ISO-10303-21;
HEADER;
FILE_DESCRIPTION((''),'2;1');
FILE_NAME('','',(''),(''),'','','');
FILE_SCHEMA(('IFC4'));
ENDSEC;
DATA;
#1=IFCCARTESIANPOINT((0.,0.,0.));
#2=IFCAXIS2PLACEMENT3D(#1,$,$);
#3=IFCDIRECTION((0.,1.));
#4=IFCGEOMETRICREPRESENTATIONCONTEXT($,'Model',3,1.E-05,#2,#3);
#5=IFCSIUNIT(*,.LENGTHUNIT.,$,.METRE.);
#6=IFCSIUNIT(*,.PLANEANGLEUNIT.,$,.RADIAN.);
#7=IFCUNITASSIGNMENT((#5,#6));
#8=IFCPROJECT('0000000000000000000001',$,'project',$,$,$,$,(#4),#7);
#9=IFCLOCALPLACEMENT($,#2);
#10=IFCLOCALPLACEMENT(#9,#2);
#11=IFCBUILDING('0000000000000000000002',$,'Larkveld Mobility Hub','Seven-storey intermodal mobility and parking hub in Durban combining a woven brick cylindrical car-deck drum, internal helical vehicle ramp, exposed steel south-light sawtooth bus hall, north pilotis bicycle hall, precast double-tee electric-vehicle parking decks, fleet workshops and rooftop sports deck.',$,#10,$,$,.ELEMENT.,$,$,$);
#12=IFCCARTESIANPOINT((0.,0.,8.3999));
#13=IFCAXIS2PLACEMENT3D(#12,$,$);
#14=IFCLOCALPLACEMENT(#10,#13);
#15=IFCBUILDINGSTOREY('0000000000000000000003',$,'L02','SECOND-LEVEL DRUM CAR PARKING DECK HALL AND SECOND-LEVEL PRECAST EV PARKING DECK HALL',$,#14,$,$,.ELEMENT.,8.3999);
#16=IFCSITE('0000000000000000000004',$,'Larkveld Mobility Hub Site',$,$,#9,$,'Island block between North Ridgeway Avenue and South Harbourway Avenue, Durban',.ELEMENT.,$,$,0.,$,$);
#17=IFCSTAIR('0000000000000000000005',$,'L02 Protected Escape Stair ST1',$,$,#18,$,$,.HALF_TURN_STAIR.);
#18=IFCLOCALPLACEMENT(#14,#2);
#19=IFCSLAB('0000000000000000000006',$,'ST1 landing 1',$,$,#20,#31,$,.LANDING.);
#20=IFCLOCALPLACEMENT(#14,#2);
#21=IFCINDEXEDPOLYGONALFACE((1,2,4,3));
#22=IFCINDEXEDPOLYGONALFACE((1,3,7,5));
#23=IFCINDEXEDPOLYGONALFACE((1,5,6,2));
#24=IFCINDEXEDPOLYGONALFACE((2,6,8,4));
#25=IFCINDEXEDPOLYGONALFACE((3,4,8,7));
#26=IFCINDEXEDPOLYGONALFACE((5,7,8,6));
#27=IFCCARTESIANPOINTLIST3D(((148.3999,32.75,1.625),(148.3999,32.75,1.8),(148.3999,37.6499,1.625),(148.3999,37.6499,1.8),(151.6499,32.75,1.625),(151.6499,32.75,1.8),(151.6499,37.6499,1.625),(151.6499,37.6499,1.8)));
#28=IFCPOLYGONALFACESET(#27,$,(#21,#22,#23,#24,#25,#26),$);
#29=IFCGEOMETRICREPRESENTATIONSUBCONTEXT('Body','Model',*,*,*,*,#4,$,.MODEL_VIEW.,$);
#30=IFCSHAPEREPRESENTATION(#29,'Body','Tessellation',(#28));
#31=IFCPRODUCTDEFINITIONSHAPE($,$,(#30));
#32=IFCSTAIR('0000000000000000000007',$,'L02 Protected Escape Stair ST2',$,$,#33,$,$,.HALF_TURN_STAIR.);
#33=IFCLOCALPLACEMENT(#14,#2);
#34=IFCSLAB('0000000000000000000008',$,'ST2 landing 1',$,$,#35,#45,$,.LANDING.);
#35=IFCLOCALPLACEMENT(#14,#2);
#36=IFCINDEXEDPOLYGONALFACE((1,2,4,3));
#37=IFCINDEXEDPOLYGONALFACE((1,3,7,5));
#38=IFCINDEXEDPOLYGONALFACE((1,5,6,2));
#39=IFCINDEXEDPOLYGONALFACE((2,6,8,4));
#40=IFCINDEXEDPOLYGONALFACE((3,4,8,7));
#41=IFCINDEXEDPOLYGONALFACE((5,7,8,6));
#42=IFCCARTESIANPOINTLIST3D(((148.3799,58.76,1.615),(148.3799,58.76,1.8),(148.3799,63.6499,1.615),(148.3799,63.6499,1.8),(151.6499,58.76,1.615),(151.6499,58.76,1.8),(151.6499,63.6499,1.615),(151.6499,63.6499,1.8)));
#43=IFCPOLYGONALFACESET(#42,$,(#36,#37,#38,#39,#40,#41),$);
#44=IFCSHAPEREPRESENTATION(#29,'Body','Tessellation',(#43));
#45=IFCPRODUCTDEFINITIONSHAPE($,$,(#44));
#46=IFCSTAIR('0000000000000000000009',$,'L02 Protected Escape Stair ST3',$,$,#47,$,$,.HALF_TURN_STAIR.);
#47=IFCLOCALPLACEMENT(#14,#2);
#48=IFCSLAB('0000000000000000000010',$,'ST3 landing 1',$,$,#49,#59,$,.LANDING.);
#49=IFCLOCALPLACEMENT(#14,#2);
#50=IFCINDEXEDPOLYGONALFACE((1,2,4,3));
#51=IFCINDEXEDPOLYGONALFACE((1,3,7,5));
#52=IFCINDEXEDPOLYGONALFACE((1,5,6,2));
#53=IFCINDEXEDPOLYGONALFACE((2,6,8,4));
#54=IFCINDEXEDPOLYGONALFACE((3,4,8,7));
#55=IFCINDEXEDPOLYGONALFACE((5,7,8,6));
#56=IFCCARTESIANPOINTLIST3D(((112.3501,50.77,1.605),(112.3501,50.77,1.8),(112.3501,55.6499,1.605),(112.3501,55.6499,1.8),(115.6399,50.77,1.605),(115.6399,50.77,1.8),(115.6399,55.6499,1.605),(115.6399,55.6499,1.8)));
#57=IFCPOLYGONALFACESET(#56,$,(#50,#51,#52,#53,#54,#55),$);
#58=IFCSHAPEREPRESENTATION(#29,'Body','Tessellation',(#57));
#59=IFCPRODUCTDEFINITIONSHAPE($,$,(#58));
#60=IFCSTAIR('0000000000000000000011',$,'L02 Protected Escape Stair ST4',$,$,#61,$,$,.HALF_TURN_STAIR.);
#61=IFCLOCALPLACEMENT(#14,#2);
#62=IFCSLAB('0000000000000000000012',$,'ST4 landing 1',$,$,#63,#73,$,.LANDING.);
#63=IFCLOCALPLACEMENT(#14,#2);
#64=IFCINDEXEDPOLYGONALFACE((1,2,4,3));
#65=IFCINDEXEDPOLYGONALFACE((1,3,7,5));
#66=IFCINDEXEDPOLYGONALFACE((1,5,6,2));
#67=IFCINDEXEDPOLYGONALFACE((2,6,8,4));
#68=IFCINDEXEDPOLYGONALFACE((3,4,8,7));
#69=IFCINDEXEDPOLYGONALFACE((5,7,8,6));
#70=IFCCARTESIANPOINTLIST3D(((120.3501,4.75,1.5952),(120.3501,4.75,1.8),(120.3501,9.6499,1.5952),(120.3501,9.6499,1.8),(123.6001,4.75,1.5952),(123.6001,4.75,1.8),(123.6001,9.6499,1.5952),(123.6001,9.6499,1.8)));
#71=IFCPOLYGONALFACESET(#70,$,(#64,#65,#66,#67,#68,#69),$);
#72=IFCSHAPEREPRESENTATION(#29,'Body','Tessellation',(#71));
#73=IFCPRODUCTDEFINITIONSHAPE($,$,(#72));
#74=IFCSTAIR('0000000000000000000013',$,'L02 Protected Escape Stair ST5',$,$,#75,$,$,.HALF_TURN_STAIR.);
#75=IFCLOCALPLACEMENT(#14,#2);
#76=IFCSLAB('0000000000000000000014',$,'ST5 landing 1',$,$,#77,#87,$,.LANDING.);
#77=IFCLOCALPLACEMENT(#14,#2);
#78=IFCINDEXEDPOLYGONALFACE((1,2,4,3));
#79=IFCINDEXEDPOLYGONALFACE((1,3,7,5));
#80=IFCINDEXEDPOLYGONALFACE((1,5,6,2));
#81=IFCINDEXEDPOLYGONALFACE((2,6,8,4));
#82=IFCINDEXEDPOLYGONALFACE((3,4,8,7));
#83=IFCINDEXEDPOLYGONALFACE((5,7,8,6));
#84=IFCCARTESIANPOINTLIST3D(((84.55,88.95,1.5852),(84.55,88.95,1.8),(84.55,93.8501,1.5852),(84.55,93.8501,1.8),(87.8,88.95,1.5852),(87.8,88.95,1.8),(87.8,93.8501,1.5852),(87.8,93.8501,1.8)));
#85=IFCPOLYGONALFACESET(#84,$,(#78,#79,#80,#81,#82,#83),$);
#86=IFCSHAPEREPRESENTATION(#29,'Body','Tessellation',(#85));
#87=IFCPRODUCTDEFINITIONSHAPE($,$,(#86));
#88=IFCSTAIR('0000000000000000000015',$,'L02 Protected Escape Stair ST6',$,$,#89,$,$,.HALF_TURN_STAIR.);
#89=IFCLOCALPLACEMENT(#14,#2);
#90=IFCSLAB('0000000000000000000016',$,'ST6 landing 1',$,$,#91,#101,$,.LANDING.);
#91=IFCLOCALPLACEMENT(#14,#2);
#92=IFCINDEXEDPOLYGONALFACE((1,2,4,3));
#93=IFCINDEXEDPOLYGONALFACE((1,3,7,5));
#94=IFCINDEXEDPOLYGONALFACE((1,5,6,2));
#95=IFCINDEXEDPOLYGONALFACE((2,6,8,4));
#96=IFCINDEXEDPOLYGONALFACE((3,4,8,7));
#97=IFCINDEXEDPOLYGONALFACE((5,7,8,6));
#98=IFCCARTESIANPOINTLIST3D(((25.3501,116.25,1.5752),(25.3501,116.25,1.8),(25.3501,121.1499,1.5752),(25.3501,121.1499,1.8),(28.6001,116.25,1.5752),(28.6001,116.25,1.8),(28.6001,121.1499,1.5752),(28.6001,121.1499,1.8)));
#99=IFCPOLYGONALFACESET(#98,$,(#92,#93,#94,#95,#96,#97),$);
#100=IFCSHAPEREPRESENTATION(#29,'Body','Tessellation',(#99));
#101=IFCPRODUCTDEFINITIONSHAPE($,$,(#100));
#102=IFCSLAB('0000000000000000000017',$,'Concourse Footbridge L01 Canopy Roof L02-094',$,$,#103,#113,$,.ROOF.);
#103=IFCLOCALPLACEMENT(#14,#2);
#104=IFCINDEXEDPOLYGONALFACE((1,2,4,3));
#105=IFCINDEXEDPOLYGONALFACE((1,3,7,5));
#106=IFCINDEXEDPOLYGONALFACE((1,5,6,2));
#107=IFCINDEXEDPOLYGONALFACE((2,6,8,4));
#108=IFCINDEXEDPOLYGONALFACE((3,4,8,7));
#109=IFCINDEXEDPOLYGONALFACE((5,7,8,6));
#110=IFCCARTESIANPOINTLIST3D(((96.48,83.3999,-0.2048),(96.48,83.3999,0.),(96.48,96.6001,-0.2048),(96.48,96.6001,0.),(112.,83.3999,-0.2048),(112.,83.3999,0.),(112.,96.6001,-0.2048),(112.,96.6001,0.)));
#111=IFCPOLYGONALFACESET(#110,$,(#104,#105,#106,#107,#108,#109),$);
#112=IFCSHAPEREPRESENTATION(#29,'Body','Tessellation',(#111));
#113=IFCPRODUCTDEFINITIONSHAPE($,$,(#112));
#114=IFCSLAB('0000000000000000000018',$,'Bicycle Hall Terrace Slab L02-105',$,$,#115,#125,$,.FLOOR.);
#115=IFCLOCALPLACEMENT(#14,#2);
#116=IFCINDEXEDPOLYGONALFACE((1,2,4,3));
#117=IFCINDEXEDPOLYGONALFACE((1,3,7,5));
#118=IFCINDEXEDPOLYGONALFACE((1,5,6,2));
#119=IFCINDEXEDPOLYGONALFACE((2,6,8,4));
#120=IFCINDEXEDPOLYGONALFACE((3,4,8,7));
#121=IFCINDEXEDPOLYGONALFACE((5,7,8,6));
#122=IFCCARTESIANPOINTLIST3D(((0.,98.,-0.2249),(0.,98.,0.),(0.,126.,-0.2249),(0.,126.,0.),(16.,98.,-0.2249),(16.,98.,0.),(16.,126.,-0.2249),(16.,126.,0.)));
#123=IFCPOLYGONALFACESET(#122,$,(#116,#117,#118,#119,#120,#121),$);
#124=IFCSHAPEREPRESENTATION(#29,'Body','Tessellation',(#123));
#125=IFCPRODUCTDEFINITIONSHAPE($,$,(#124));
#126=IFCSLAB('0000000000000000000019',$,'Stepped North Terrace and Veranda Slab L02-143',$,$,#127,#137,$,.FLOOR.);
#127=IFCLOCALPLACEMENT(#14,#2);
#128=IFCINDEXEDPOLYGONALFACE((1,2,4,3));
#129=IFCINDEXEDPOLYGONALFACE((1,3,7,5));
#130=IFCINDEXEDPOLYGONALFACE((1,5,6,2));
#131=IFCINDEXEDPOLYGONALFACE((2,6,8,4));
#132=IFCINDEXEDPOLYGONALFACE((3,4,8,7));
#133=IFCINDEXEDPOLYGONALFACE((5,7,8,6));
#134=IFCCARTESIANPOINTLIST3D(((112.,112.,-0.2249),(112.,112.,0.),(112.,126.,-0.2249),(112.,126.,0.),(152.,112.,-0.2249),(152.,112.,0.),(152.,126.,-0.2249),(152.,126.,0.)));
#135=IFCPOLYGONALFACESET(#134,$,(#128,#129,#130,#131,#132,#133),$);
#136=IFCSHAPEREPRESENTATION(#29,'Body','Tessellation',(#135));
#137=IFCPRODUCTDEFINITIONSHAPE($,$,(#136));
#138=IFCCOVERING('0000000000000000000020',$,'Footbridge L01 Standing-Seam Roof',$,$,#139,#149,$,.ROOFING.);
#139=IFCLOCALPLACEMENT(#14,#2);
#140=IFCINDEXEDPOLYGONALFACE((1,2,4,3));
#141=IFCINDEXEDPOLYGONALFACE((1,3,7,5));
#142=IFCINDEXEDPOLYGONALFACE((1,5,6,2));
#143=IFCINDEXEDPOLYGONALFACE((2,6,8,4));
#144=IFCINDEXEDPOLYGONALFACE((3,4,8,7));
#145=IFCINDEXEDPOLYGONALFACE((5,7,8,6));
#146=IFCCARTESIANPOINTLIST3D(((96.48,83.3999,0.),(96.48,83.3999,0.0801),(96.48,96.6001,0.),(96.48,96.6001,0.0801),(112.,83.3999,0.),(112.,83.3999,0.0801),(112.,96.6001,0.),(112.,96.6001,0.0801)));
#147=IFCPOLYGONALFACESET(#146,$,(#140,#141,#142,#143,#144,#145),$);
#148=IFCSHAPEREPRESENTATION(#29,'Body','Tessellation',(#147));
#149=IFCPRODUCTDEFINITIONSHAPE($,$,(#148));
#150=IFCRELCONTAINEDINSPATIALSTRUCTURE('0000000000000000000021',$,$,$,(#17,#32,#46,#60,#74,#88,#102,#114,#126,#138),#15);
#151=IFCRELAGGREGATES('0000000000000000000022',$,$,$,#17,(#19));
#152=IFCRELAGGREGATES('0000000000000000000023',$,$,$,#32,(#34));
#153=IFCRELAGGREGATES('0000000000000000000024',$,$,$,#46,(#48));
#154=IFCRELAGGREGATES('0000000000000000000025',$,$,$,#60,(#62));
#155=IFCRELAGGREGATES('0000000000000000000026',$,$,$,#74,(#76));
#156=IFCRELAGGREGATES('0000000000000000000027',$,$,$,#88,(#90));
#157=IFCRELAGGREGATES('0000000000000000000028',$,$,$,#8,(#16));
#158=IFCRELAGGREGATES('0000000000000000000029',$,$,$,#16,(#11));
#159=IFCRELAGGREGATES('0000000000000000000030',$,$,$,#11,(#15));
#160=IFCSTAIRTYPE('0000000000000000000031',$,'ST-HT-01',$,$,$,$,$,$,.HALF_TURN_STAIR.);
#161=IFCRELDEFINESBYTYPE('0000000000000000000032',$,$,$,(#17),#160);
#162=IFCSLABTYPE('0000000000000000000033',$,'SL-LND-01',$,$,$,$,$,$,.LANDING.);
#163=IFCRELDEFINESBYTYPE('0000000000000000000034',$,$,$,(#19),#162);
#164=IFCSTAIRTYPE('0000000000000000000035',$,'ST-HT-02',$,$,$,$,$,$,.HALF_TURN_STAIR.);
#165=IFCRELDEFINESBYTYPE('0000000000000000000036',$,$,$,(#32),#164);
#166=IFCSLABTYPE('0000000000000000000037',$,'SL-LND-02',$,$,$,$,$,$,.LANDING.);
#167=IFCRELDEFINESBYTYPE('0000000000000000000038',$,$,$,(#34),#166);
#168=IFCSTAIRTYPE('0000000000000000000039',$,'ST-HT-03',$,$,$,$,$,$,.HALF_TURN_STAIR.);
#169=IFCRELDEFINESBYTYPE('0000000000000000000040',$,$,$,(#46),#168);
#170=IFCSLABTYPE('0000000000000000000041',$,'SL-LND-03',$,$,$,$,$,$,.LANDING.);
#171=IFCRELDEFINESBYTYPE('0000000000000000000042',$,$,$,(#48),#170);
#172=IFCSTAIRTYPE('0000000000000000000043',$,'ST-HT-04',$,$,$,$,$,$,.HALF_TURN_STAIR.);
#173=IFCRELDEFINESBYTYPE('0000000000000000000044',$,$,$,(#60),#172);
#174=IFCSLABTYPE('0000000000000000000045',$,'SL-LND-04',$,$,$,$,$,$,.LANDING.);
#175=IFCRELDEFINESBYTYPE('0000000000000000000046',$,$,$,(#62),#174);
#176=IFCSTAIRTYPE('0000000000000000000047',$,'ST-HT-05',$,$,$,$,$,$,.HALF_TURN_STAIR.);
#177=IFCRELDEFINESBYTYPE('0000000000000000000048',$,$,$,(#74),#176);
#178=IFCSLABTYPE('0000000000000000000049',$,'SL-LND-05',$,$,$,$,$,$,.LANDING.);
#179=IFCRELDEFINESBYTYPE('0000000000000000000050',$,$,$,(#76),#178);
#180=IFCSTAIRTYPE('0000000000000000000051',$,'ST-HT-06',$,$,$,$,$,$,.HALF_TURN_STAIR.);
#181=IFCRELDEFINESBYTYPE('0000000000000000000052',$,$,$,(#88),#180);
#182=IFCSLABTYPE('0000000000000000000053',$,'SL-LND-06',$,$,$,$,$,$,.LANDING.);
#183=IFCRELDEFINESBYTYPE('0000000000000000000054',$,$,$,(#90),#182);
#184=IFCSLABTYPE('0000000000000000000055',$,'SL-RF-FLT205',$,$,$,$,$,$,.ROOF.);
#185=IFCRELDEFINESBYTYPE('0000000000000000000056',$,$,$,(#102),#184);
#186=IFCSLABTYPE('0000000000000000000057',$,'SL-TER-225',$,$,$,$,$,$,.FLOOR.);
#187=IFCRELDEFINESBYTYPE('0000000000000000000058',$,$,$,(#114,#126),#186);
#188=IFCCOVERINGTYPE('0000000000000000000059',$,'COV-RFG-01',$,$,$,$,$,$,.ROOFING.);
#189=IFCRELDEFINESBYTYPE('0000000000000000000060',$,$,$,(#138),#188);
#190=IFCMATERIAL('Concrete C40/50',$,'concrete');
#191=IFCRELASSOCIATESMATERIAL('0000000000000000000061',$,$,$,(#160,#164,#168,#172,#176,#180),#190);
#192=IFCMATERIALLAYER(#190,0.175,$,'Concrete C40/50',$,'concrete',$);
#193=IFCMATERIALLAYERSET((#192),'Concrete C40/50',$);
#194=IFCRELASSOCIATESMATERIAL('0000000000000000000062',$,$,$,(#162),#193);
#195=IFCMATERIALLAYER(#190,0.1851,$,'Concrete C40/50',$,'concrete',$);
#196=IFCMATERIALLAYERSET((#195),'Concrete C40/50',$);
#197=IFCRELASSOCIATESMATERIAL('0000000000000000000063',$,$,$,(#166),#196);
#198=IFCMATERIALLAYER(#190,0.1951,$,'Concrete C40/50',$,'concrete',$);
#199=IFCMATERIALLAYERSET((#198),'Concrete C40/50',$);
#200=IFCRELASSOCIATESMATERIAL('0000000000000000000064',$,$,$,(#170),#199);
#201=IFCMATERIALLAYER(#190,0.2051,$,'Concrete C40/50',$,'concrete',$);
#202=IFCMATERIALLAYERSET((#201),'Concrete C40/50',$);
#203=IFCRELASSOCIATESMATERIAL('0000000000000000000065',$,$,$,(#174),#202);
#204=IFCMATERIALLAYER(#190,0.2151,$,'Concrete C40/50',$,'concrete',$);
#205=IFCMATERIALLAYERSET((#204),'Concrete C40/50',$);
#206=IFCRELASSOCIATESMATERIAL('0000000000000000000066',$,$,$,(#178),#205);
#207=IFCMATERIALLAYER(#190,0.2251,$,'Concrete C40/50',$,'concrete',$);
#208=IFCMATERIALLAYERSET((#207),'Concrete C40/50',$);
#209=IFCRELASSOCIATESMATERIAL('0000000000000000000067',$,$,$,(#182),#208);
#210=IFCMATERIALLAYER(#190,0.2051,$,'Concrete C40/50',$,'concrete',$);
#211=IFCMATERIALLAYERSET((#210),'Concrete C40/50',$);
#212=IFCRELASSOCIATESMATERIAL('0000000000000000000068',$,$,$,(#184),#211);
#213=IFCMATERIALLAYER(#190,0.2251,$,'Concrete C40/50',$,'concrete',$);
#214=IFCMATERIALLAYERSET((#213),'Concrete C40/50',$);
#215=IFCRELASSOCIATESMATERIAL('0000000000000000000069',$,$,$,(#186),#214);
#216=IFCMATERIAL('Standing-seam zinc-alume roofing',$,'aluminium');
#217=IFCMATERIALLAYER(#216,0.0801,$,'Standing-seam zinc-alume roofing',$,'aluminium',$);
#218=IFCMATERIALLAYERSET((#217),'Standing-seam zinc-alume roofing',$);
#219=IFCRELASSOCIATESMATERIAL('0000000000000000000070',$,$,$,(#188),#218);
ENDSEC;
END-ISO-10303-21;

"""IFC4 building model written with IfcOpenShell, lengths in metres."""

from ifc_helpers import new_model, si_unit, direction, frame, origin, place, context, subcontext, project, spatial, polyline, outline, extrude, material, layer, layer_set, type_object, element, aggregate, save


model = new_model("IFC4")

# Units and contexts
model_context = context("Model", 3, precision=1e-05, world=origin(), true_north=direction((0.0, 1.0)))
body_context = subcontext(model_context, "Body", "Model", "MODEL_VIEW")
ifc_project = project(units=[si_unit("LENGTHUNIT", "METRE"), si_unit("PLANEANGLEUNIT", "RADIAN")], contexts=[model_context])

# Site, building, storey
site_placement = place(None, origin())
site = spatial("IfcSite", under=ifc_project, at=site_placement, Name="Larkveld Mobility Hub Site", LongName="Island block between North Ridgeway Avenue and South Harbourway Avenue, Durban", CompositionType="ELEMENT", RefElevation=0.0)
building_placement = place(site_placement, origin())
building = spatial("IfcBuilding", under=site, at=building_placement, Name="Larkveld Mobility Hub", Description="Seven-storey intermodal mobility and parking hub in Durban combining a woven brick cylindrical car-deck drum, internal helical vehicle ramp, exposed steel south-light sawtooth bus hall, north pilotis bicycle hall, precast double-tee electric-vehicle parking decks, fleet workshops and rooftop sports deck.", CompositionType="ELEMENT")
storey_placement = place(building_placement, frame((0.0, 0.0, 8.3999)))
storey = spatial("IfcBuildingStorey", under=building, at=storey_placement, Name="L02", Description="SECOND-LEVEL DRUM CAR PARKING DECK HALL AND SECOND-LEVEL PRECAST EV PARKING DECK HALL", CompositionType="ELEMENT", Elevation=8.3999)

# Shared definitions
ifc_material_1 = material(Name="Concrete C40/50", Category="concrete")

# Stairs, slabs
stair_type_1 = type_object("IfcStairType", Name="ST-HT-01", PredefinedType="HALF_TURN_STAIR", material=ifc_material_1)
stair_1_placement = place(storey_placement, origin())
stair_1 = element("IfcStair", 1, at=stair_1_placement, inside=storey, type_object=stair_type_1, Name="L02 Protected Escape Stair ST1", PredefinedType="HALF_TURN_STAIR")
ifc_layer_1 = layer(ifc_material_1, 0.175, Name="Concrete C40/50", Category="concrete")
ifc_layer_set_1 = layer_set([ifc_layer_1], Name="Concrete C40/50")
slab_type_1 = type_object("IfcSlabType", Name="SL-LND-01", PredefinedType="LANDING", material=ifc_layer_set_1)
slab_1_placement = place(storey_placement, frame((0.0, 0.0, 1.625)))
slab_1 = element("IfcSlab", 2, at=slab_1_placement, type_object=slab_type_1, Name="ST1 landing 1", PredefinedType="LANDING", context=body_context, shape_type="SweptSolid", body=[
    extrude(outline(polyline([(151.6499, 32.75), (151.6499, 37.6499), (148.3999, 37.6499), (148.3999, 32.75), (151.6499, 32.75)])), origin(), (0.0, 0.0, 1.0), 0.175),
])
aggregate(stair_1, [slab_1])
stair_type_2 = type_object("IfcStairType", Name="ST-HT-02", PredefinedType="HALF_TURN_STAIR", material=ifc_material_1)
stair_2_placement = place(storey_placement, origin())
stair_2 = element("IfcStair", 3, at=stair_2_placement, inside=storey, type_object=stair_type_2, Name="L02 Protected Escape Stair ST2", PredefinedType="HALF_TURN_STAIR")
ifc_layer_2 = layer(ifc_material_1, 0.1851, Name="Concrete C40/50", Category="concrete")
ifc_layer_set_2 = layer_set([ifc_layer_2], Name="Concrete C40/50")
slab_type_2 = type_object("IfcSlabType", Name="SL-LND-02", PredefinedType="LANDING", material=ifc_layer_set_2)
slab_2_placement = place(storey_placement, frame((0.0, 0.0, 1.615)))
slab_2 = element("IfcSlab", 4, at=slab_2_placement, type_object=slab_type_2, Name="ST2 landing 1", PredefinedType="LANDING", context=body_context, shape_type="SweptSolid", body=[
    extrude(outline(polyline([(151.6499, 58.76), (151.6499, 63.6499), (148.3799, 63.6499), (148.3799, 58.76), (151.6499, 58.76)])), origin(), (0.0, 0.0, 1.0), 0.1851),
])
aggregate(stair_2, [slab_2])
stair_type_3 = type_object("IfcStairType", Name="ST-HT-03", PredefinedType="HALF_TURN_STAIR", material=ifc_material_1)
stair_3_placement = place(storey_placement, origin())
stair_3 = element("IfcStair", 5, at=stair_3_placement, inside=storey, type_object=stair_type_3, Name="L02 Protected Escape Stair ST3", PredefinedType="HALF_TURN_STAIR")
ifc_layer_3 = layer(ifc_material_1, 0.1951, Name="Concrete C40/50", Category="concrete")
ifc_layer_set_3 = layer_set([ifc_layer_3], Name="Concrete C40/50")
slab_type_3 = type_object("IfcSlabType", Name="SL-LND-03", PredefinedType="LANDING", material=ifc_layer_set_3)
slab_3_placement = place(storey_placement, frame((0.0, 0.0, 1.605)))
slab_3 = element("IfcSlab", 6, at=slab_3_placement, type_object=slab_type_3, Name="ST3 landing 1", PredefinedType="LANDING", context=body_context, shape_type="SweptSolid", body=[
    extrude(outline(polyline([(115.6399, 50.77), (115.6399, 55.6499), (112.3501, 55.6499), (112.3501, 50.77), (115.6399, 50.77)])), origin(), (0.0, 0.0, 1.0), 0.1951),
])
aggregate(stair_3, [slab_3])
stair_type_4 = type_object("IfcStairType", Name="ST-HT-04", PredefinedType="HALF_TURN_STAIR", material=ifc_material_1)
stair_4_placement = place(storey_placement, origin())
stair_4 = element("IfcStair", 7, at=stair_4_placement, inside=storey, type_object=stair_type_4, Name="L02 Protected Escape Stair ST4", PredefinedType="HALF_TURN_STAIR")
ifc_layer_4 = layer(ifc_material_1, 0.2051, Name="Concrete C40/50", Category="concrete")
ifc_layer_set_4 = layer_set([ifc_layer_4], Name="Concrete C40/50")
slab_type_4 = type_object("IfcSlabType", Name="SL-LND-04", PredefinedType="LANDING", material=ifc_layer_set_4)
slab_4_placement = place(storey_placement, frame((0.0, 0.0, 1.5952)))
slab_4 = element("IfcSlab", 8, at=slab_4_placement, type_object=slab_type_4, Name="ST4 landing 1", PredefinedType="LANDING", context=body_context, shape_type="SweptSolid", body=[
    extrude(outline(polyline([(123.6001, 4.75), (123.6001, 9.6499), (120.3501, 9.6499), (120.3501, 4.75), (123.6001, 4.75)])), origin(), (0.0, 0.0, 1.0), 0.2048),
])
aggregate(stair_4, [slab_4])
stair_type_5 = type_object("IfcStairType", Name="ST-HT-05", PredefinedType="HALF_TURN_STAIR", material=ifc_material_1)
stair_5_placement = place(storey_placement, origin())
stair_5 = element("IfcStair", 9, at=stair_5_placement, inside=storey, type_object=stair_type_5, Name="L02 Protected Escape Stair ST5", PredefinedType="HALF_TURN_STAIR")
ifc_layer_5 = layer(ifc_material_1, 0.2151, Name="Concrete C40/50", Category="concrete")
ifc_layer_set_5 = layer_set([ifc_layer_5], Name="Concrete C40/50")
slab_type_5 = type_object("IfcSlabType", Name="SL-LND-05", PredefinedType="LANDING", material=ifc_layer_set_5)
slab_5_placement = place(storey_placement, frame((0.0, 0.0, 1.5852)))
slab_5 = element("IfcSlab", 10, at=slab_5_placement, type_object=slab_type_5, Name="ST5 landing 1", PredefinedType="LANDING", context=body_context, shape_type="SweptSolid", body=[
    extrude(outline(polyline([(87.8, 88.95), (87.8, 93.8501), (84.55, 93.8501), (84.55, 88.95), (87.8, 88.95)])), origin(), (0.0, 0.0, 1.0), 0.2148),
])
aggregate(stair_5, [slab_5])
stair_type_6 = type_object("IfcStairType", Name="ST-HT-06", PredefinedType="HALF_TURN_STAIR", material=ifc_material_1)
stair_6_placement = place(storey_placement, origin())
stair_6 = element("IfcStair", 11, at=stair_6_placement, inside=storey, type_object=stair_type_6, Name="L02 Protected Escape Stair ST6", PredefinedType="HALF_TURN_STAIR")
ifc_layer_6 = layer(ifc_material_1, 0.2251, Name="Concrete C40/50", Category="concrete")
ifc_layer_set_6 = layer_set([ifc_layer_6], Name="Concrete C40/50")
slab_type_6 = type_object("IfcSlabType", Name="SL-LND-06", PredefinedType="LANDING", material=ifc_layer_set_6)
slab_6_placement = place(storey_placement, frame((0.0, 0.0, 1.5752)))
slab_6 = element("IfcSlab", 12, at=slab_6_placement, type_object=slab_type_6, Name="ST6 landing 1", PredefinedType="LANDING", context=body_context, shape_type="SweptSolid", body=[
    extrude(outline(polyline([(28.6001, 116.25), (28.6001, 121.1499), (25.3501, 121.1499), (25.3501, 116.25), (28.6001, 116.25)])), origin(), (0.0, 0.0, 1.0), 0.2249),
])
aggregate(stair_6, [slab_6])

# Slabs
ifc_layer_7 = layer(ifc_material_1, 0.2051, Name="Concrete C40/50", Category="concrete")
ifc_layer_set_7 = layer_set([ifc_layer_7], Name="Concrete C40/50")
slab_type_7 = type_object("IfcSlabType", Name="SL-RF-FLT205", PredefinedType="ROOF", material=ifc_layer_set_7)
slab_7_placement = place(storey_placement, frame((0.0, 0.0, -0.2048)))
element("IfcSlab", 13, at=slab_7_placement, inside=storey, type_object=slab_type_7, Name="Concourse Footbridge L01 Canopy Roof L02-094", PredefinedType="ROOF", context=body_context, shape_type="SweptSolid", body=[
    extrude(outline(polyline([(96.48, 83.3999), (112.0, 83.3999), (112.0, 96.6001), (96.48, 96.6001), (96.48, 83.3999)])), origin(), (0.0, 0.0, 1.0), 0.2048),
])
ifc_layer_8 = layer(ifc_material_1, 0.2251, Name="Concrete C40/50", Category="concrete")
ifc_layer_set_8 = layer_set([ifc_layer_8], Name="Concrete C40/50")
slab_type_8 = type_object("IfcSlabType", Name="SL-TER-225", PredefinedType="FLOOR", material=ifc_layer_set_8)
slab_8_placement = place(storey_placement, frame((0.0, 0.0, -0.2249)))
element("IfcSlab", 14, at=slab_8_placement, inside=storey, type_object=slab_type_8, Name="Bicycle Hall Terrace Slab L02-105", PredefinedType="FLOOR", context=body_context, shape_type="SweptSolid", body=[
    extrude(outline(polyline([(0.0, 98.0), (16.0, 98.0), (16.0, 126.0), (0.0, 126.0), (0.0, 98.0)])), origin(), (0.0, 0.0, 1.0), 0.2249),
])
slab_9_placement = place(storey_placement, frame((0.0, 0.0, -0.2249)))
element("IfcSlab", 15, at=slab_9_placement, inside=storey, type_object=slab_type_8, Name="Stepped North Terrace and Veranda Slab L02-143", PredefinedType="FLOOR", context=body_context, shape_type="SweptSolid", body=[
    extrude(outline(polyline([(112.0, 112.0), (152.0, 112.0), (152.0, 126.0), (112.0, 126.0), (112.0, 112.0)])), origin(), (0.0, 0.0, 1.0), 0.2249),
])

# Covering
ifc_material_2 = material(Name="Standing-seam zinc-alume roofing", Category="aluminium")
ifc_layer_9 = layer(ifc_material_2, 0.0801, Name="Standing-seam zinc-alume roofing", Category="aluminium")
ifc_layer_set_9 = layer_set([ifc_layer_9], Name="Standing-seam zinc-alume roofing")
covering_type_1 = type_object("IfcCoveringType", Name="COV-RFG-01", PredefinedType="ROOFING", material=ifc_layer_set_9)
covering_1_placement = place(storey_placement, origin())
element("IfcCovering", 16, at=covering_1_placement, inside=storey, type_object=covering_type_1, Name="Footbridge L01 Standing-Seam Roof", PredefinedType="ROOFING", context=body_context, shape_type="SweptSolid", body=[
    extrude(outline(polyline([(96.48, 83.3999), (112.0, 83.3999), (112.0, 96.6001), (96.48, 96.6001), (96.48, 83.3999)])), origin(), (0.0, 0.0, 1.0), 0.0801),
])

save(model, "model.ifc")
